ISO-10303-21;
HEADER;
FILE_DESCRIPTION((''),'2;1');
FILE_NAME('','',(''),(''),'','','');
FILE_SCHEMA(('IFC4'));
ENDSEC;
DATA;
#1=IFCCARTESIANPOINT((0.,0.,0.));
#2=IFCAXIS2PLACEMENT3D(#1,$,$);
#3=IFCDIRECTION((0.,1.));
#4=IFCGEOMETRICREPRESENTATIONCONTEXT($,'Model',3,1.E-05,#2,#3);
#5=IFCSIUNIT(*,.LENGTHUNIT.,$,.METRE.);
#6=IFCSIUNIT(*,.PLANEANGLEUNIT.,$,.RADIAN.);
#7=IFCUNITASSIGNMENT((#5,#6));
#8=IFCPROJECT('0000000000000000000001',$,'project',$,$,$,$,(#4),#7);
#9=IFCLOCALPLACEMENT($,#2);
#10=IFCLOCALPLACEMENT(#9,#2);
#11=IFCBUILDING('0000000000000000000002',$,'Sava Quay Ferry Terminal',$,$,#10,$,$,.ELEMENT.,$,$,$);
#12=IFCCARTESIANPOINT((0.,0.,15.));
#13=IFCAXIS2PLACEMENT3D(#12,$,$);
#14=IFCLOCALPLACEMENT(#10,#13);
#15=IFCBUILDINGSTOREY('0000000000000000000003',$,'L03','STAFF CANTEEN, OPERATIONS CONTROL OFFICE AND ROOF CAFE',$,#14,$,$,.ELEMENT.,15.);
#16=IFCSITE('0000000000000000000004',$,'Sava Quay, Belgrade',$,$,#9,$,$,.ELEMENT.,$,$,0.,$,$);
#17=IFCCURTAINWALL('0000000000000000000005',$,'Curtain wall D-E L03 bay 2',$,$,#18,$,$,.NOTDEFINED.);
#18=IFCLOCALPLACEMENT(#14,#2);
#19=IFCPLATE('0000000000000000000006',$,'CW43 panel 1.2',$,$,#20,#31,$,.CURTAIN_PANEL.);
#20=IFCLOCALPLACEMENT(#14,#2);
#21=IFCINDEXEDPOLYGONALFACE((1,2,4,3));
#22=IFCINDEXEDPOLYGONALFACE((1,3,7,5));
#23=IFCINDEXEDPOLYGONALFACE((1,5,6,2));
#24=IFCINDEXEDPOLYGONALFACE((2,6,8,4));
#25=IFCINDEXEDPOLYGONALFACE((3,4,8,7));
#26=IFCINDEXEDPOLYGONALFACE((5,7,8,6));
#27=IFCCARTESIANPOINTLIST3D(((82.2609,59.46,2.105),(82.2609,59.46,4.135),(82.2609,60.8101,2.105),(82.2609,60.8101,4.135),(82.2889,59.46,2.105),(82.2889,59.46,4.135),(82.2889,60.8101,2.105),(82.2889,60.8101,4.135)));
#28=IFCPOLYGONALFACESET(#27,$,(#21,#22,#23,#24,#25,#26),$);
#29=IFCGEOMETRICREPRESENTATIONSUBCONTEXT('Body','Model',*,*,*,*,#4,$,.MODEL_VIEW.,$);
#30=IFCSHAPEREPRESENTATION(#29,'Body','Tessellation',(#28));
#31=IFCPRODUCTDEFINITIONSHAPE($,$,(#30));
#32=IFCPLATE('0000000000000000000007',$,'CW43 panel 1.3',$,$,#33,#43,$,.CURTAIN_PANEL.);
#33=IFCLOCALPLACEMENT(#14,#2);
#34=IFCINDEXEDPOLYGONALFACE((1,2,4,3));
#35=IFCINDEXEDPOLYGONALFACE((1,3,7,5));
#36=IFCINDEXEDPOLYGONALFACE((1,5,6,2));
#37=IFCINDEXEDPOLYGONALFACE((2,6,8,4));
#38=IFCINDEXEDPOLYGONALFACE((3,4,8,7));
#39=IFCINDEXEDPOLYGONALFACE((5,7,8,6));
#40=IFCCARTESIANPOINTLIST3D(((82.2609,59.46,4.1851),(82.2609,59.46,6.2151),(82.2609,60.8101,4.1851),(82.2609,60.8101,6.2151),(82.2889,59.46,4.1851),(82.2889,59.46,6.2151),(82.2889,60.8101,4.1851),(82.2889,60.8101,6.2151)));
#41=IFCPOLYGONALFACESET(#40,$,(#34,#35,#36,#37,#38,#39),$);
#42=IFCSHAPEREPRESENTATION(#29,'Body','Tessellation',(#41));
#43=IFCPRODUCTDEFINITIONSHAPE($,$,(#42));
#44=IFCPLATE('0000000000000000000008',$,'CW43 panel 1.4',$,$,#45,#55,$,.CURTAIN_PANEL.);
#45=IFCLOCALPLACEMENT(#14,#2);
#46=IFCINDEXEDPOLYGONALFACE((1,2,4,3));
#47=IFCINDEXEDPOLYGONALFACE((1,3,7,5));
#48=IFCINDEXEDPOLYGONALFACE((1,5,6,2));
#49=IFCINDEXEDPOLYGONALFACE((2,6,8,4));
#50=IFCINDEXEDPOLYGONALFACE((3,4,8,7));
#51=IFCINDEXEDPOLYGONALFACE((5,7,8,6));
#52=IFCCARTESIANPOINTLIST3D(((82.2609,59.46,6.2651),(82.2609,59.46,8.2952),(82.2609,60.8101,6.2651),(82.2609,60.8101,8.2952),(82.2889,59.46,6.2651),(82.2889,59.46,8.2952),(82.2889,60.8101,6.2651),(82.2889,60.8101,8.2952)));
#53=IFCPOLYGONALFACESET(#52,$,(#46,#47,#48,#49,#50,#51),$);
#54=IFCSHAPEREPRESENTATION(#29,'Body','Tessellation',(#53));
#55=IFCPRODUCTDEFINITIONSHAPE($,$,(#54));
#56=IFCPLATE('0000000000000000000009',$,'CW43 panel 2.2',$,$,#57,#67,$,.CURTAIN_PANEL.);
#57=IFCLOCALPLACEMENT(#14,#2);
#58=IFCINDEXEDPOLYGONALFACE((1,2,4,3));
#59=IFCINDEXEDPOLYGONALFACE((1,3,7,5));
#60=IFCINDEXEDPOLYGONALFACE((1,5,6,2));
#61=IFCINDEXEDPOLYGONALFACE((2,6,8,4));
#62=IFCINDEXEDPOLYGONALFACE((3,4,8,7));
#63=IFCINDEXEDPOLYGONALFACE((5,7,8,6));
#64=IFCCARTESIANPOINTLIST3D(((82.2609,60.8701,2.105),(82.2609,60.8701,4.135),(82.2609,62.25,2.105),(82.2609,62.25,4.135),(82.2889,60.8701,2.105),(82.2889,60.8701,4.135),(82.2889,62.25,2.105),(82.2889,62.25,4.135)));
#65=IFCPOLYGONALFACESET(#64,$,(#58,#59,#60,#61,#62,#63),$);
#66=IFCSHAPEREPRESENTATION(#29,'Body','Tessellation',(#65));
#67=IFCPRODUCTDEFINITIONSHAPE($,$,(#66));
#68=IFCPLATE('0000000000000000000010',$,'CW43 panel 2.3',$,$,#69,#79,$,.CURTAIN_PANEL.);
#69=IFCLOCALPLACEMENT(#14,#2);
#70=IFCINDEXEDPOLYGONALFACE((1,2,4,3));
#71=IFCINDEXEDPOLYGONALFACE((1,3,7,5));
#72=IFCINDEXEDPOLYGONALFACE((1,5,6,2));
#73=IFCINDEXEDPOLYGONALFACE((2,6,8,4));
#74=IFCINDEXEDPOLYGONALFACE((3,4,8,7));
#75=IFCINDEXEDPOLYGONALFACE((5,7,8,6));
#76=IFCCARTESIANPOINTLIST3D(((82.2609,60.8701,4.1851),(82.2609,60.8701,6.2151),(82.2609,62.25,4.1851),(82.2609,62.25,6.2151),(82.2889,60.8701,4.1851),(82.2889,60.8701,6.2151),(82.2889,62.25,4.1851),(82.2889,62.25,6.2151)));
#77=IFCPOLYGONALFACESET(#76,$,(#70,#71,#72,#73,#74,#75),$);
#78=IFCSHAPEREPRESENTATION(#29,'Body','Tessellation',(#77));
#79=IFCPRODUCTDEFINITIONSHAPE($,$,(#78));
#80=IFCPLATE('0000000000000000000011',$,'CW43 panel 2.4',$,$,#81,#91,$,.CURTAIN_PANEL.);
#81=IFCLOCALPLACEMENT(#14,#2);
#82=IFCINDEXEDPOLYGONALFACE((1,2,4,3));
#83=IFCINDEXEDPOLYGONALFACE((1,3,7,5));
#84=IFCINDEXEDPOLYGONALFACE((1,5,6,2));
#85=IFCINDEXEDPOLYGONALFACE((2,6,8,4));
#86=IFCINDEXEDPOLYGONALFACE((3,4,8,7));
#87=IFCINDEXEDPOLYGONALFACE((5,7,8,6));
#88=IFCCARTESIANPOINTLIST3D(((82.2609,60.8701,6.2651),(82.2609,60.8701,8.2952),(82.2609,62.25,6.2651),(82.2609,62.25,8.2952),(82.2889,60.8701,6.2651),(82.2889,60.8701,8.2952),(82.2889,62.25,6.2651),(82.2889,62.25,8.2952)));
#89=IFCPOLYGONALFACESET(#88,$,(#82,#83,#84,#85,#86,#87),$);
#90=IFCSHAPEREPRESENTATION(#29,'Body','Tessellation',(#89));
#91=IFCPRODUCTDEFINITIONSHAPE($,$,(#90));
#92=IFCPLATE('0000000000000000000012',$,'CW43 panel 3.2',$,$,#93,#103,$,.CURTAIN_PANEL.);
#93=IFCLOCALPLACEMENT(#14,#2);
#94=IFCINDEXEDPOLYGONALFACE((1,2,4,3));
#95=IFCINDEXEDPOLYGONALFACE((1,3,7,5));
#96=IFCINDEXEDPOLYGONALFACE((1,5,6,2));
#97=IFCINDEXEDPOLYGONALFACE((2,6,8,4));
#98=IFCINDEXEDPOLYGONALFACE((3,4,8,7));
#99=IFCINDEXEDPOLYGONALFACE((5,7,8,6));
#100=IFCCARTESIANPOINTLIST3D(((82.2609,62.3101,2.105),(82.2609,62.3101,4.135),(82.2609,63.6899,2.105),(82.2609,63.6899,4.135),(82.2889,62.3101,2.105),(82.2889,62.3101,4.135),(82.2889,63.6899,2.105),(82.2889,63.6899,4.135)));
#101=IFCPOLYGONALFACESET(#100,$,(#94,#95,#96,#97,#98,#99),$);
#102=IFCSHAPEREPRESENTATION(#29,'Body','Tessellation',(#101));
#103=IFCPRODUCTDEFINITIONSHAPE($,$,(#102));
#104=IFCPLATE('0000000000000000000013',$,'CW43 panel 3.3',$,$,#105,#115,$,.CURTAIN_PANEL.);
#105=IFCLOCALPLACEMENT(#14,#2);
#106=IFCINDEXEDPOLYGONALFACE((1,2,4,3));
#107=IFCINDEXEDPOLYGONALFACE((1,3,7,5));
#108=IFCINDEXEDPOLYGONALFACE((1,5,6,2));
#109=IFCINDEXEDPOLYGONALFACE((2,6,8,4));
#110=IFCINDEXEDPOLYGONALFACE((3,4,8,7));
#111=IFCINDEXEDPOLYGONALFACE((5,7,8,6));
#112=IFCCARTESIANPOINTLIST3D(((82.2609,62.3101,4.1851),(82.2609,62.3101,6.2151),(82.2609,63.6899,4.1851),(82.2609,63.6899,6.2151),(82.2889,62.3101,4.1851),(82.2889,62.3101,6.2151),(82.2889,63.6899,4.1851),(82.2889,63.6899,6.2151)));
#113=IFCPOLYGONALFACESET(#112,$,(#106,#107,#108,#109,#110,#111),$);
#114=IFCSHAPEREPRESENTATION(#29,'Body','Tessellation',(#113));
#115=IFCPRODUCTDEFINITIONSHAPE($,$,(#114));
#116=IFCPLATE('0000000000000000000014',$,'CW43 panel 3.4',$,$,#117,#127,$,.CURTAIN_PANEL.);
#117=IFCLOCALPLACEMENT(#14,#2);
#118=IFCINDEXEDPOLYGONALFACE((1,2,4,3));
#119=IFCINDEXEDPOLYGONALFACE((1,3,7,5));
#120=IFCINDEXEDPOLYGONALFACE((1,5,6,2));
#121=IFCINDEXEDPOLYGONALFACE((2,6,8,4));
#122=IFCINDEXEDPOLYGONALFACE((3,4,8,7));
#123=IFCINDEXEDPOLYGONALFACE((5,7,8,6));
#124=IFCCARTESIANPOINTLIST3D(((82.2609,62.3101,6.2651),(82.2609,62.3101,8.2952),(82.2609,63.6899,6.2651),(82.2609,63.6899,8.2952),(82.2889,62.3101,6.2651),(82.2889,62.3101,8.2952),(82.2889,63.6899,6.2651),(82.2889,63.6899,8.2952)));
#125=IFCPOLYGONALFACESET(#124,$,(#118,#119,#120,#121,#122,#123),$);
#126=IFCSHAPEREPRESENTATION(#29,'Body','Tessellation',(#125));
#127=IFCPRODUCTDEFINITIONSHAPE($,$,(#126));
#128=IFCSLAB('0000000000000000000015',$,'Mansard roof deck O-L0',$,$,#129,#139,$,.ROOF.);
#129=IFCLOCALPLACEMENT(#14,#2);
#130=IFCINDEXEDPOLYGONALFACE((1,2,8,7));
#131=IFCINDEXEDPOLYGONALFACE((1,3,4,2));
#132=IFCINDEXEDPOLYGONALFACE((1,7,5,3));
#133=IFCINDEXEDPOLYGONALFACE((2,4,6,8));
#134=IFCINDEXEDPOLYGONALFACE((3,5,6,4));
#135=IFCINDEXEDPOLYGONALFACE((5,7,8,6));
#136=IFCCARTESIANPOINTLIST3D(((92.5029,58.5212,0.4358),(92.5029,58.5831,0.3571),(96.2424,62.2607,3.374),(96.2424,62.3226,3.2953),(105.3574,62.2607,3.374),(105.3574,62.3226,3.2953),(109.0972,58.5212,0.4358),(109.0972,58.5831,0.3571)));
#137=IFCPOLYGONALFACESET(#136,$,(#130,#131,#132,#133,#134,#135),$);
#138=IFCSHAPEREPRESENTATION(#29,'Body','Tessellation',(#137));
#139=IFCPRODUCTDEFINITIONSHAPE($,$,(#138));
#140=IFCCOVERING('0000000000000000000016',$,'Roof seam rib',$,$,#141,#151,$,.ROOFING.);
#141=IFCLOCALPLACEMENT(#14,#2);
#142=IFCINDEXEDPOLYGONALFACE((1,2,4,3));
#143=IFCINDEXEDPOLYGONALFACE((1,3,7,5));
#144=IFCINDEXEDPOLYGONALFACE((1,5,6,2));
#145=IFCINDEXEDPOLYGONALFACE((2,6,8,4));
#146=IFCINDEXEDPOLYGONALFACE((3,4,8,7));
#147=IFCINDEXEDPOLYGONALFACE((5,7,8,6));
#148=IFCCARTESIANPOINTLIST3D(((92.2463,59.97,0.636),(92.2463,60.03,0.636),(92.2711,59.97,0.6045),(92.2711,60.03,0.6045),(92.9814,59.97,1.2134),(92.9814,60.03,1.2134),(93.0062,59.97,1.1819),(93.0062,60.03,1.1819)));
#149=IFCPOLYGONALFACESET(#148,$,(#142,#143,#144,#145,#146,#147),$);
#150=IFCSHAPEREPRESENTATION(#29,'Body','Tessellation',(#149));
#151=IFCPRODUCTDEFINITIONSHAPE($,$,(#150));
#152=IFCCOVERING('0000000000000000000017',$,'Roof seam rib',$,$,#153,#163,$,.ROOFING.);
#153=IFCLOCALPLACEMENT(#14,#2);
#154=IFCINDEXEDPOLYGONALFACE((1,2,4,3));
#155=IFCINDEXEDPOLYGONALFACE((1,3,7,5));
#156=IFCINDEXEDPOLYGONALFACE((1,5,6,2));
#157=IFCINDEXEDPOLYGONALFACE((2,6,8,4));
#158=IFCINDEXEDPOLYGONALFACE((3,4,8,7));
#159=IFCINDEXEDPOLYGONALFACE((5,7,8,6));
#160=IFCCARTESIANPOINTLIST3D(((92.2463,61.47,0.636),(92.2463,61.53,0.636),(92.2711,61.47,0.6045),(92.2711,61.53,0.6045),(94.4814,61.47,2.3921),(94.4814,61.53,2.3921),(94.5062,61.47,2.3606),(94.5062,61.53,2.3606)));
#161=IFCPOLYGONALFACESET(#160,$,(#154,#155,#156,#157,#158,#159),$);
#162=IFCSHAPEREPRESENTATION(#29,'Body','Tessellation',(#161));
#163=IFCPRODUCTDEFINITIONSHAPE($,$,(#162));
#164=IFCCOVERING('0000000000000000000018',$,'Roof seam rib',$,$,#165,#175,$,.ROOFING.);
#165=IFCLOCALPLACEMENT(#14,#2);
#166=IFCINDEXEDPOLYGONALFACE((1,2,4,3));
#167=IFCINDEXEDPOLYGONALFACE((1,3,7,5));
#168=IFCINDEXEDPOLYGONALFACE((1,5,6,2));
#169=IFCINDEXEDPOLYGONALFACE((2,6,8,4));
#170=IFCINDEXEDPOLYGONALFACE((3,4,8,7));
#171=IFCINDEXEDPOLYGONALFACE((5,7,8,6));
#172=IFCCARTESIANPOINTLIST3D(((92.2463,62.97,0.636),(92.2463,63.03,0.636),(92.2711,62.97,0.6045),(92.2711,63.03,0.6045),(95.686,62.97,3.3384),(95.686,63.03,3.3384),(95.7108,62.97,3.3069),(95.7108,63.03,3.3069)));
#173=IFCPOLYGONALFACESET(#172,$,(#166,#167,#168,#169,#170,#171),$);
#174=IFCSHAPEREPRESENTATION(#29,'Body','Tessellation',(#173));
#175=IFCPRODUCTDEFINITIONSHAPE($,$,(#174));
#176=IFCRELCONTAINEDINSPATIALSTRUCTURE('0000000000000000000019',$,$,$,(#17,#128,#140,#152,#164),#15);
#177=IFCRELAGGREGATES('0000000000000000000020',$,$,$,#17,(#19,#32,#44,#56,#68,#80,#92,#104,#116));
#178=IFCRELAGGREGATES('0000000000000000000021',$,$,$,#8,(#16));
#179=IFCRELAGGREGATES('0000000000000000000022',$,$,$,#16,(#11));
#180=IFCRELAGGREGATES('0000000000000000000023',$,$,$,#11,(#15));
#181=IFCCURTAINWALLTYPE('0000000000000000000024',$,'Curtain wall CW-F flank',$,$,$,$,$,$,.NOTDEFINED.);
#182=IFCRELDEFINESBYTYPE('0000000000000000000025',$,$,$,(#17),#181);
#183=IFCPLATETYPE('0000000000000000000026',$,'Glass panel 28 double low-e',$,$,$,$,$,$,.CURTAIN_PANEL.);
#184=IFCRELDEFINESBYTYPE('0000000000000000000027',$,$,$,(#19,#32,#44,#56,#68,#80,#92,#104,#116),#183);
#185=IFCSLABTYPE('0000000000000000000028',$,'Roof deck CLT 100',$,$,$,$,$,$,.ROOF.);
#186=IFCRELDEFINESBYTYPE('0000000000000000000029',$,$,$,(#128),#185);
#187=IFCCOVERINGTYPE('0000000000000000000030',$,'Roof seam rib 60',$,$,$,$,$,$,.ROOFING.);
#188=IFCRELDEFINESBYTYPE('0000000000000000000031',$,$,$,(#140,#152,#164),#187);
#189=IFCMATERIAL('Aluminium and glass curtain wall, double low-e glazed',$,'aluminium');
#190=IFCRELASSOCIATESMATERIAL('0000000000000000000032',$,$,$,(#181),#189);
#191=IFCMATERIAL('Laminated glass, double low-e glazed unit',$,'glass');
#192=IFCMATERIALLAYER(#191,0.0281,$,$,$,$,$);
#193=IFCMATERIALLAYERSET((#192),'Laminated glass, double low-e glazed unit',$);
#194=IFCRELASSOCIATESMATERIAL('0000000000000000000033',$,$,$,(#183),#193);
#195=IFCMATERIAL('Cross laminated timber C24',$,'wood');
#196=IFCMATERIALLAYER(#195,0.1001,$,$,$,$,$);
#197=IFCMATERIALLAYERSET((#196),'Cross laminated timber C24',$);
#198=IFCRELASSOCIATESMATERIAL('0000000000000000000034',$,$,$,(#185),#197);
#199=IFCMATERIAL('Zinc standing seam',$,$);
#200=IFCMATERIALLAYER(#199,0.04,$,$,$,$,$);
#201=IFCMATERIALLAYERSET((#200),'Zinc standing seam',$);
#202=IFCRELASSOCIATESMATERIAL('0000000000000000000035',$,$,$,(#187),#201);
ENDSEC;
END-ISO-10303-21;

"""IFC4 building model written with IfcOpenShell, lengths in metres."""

from ifc_helpers import new_model, si_unit, direction, frame, origin, origin_2d, place, context, subcontext, project, spatial, polyline, rectangle, outline, extrude, material, layer, layer_set, type_object, element, aggregate, save


model = new_model("IFC4")

# Units and contexts
model_context = context("Model", 3, precision=1e-05, world=origin(), true_north=direction((0.0, 1.0)))
body_context = subcontext(model_context, "Body", "Model", "MODEL_VIEW")
ifc_project = project(units=[si_unit("LENGTHUNIT", "METRE"), si_unit("PLANEANGLEUNIT", "RADIAN")], contexts=[model_context])

# Site, building, storey
site_placement = place(None, origin())
site = spatial("IfcSite", under=ifc_project, at=site_placement, Name="Sava Quay, Belgrade", CompositionType="ELEMENT", RefElevation=0.0)
building_placement = place(site_placement, origin())
building = spatial("IfcBuilding", under=site, at=building_placement, Name="Sava Quay Ferry Terminal", CompositionType="ELEMENT")
storey_placement = place(building_placement, frame((0.0, 0.0, 15.0)))
storey = spatial("IfcBuildingStorey", under=building, at=storey_placement, Name="L03", Description="STAFF CANTEEN, OPERATIONS CONTROL OFFICE AND ROOF CAFE", CompositionType="ELEMENT", Elevation=15.0)

# Curtain wall, plates
ifc_material_1 = material(Name="Aluminium and glass curtain wall, double low-e glazed", Category="aluminium")
curtain_wall_type = type_object("IfcCurtainWallType", Name="Curtain wall CW-F flank", PredefinedType="NOTDEFINED", material=ifc_material_1)
curtain_wall_placement = place(storey_placement, origin())
curtain_wall = element("IfcCurtainWall", 1, at=curtain_wall_placement, inside=storey, type_object=curtain_wall_type, Name="Curtain wall D-E L03 bay 2", PredefinedType="NOTDEFINED")
ifc_material_2 = material(Name="Laminated glass, double low-e glazed unit", Category="glass")
ifc_layer_1 = layer(ifc_material_2, 0.0281)
ifc_layer_set_1 = layer_set([ifc_layer_1], Name="Laminated glass, double low-e glazed unit")
plate_type = type_object("IfcPlateType", Name="Glass panel 28 double low-e", PredefinedType="CURTAIN_PANEL", material=ifc_layer_set_1)
plate_1_placement = place(storey_placement, frame((82.2749, 60.135, 2.105), z_axis=(0.0, 0.0, 1.0), x_axis=(0.0, 1.0, 0.0)))
plate_1 = element("IfcPlate", 2, at=plate_1_placement, type_object=plate_type, Name="CW43 panel 1.2", PredefinedType="CURTAIN_PANEL", context=body_context, shape_type="SweptSolid", body=[
    extrude(rectangle(XDim=1.3501, YDim=0.0281, at=origin_2d()), origin(), (0.0, 0.0, 1.0), 2.03),
])
plate_2_placement = place(storey_placement, frame((82.2749, 60.135, 4.1851), z_axis=(0.0, 0.0, 1.0), x_axis=(0.0, 1.0, 0.0)))
plate_2 = element("IfcPlate", 3, at=plate_2_placement, type_object=plate_type, Name="CW43 panel 1.3", PredefinedType="CURTAIN_PANEL", context=body_context, shape_type="SweptSolid", body=[
    extrude(rectangle(XDim=1.3501, YDim=0.0281, at=origin_2d()), origin(), (0.0, 0.0, 1.0), 2.03),
])
plate_3_placement = place(storey_placement, frame((82.2749, 60.135, 6.2651), z_axis=(0.0, 0.0, 1.0), x_axis=(0.0, 1.0, 0.0)))
plate_3 = element("IfcPlate", 4, at=plate_3_placement, type_object=plate_type, Name="CW43 panel 1.4", PredefinedType="CURTAIN_PANEL", context=body_context, shape_type="SweptSolid", body=[
    extrude(rectangle(XDim=1.3501, YDim=0.0281, at=origin_2d()), origin(), (0.0, 0.0, 1.0), 2.03),
])
plate_4_placement = place(storey_placement, frame((82.2749, 61.5601, 2.105), z_axis=(0.0, 0.0, 1.0), x_axis=(0.0, 1.0, 0.0)))
plate_4 = element("IfcPlate", 5, at=plate_4_placement, type_object=plate_type, Name="CW43 panel 2.2", PredefinedType="CURTAIN_PANEL", context=body_context, shape_type="SweptSolid", body=[
    extrude(rectangle(XDim=1.3799, YDim=0.0281, at=origin_2d()), origin(), (0.0, 0.0, 1.0), 2.03),
])
plate_5_placement = place(storey_placement, frame((82.2749, 61.5601, 4.1851), z_axis=(0.0, 0.0, 1.0), x_axis=(0.0, 1.0, 0.0)))
plate_5 = element("IfcPlate", 6, at=plate_5_placement, type_object=plate_type, Name="CW43 panel 2.3", PredefinedType="CURTAIN_PANEL", context=body_context, shape_type="SweptSolid", body=[
    extrude(rectangle(XDim=1.3799, YDim=0.0281, at=origin_2d()), origin(), (0.0, 0.0, 1.0), 2.03),
])
plate_6_placement = place(storey_placement, frame((82.2749, 61.5601, 6.2651), z_axis=(0.0, 0.0, 1.0), x_axis=(0.0, 1.0, 0.0)))
plate_6 = element("IfcPlate", 7, at=plate_6_placement, type_object=plate_type, Name="CW43 panel 2.4", PredefinedType="CURTAIN_PANEL", context=body_context, shape_type="SweptSolid", body=[
    extrude(rectangle(XDim=1.3799, YDim=0.0281, at=origin_2d()), origin(), (0.0, 0.0, 1.0), 2.03),
])
plate_7_placement = place(storey_placement, frame((82.2749, 63.0, 2.105), z_axis=(0.0, 0.0, 1.0), x_axis=(0.0, 1.0, 0.0)))
plate_7 = element("IfcPlate", 8, at=plate_7_placement, type_object=plate_type, Name="CW43 panel 3.2", PredefinedType="CURTAIN_PANEL", context=body_context, shape_type="SweptSolid", body=[
    extrude(rectangle(XDim=1.3799, YDim=0.0281, at=origin_2d()), origin(), (0.0, 0.0, 1.0), 2.03),
])
plate_8_placement = place(storey_placement, frame((82.2749, 63.0, 4.1851), z_axis=(0.0, 0.0, 1.0), x_axis=(0.0, 1.0, 0.0)))
plate_8 = element("IfcPlate", 9, at=plate_8_placement, type_object=plate_type, Name="CW43 panel 3.3", PredefinedType="CURTAIN_PANEL", context=body_context, shape_type="SweptSolid", body=[
    extrude(rectangle(XDim=1.3799, YDim=0.0281, at=origin_2d()), origin(), (0.0, 0.0, 1.0), 2.03),
])
plate_9_placement = place(storey_placement, frame((82.2749, 63.0, 6.2651), z_axis=(0.0, 0.0, 1.0), x_axis=(0.0, 1.0, 0.0)))
plate_9 = element("IfcPlate", 10, at=plate_9_placement, type_object=plate_type, Name="CW43 panel 3.4", PredefinedType="CURTAIN_PANEL", context=body_context, shape_type="SweptSolid", body=[
    extrude(rectangle(XDim=1.3799, YDim=0.0281, at=origin_2d()), origin(), (0.0, 0.0, 1.0), 2.03),
])
aggregate(curtain_wall, [plate_1, plate_2, plate_3, plate_4, plate_5, plate_6, plate_7, plate_8, plate_9])

# Slab
ifc_material_3 = material(Name="Cross laminated timber C24", Category="wood")
ifc_layer_2 = layer(ifc_material_3, 0.1001)
ifc_layer_set_2 = layer_set([ifc_layer_2], Name="Cross laminated timber C24")
slab_type = type_object("IfcSlabType", Name="Roof deck CLT 100", PredefinedType="ROOF", material=ifc_layer_set_2)
slab_placement = place(storey_placement, frame((92.5029, 58.5212, 0.4358), z_axis=(0.0, -0.617828, 0.786313), x_axis=(0.618113, 0.618113, 0.485668)))
element("IfcSlab", 11, at=slab_placement, inside=storey, type_object=slab_type, Name="Mansard roof deck O-L0", PredefinedType="ROOF", context=body_context, shape_type="SweptSolid", body=[
    extrude(outline(polyline([(0.0, 0.0), (6.0499, 0.0), (11.684, -7.1652), (10.2571, -13.0446), (0.0, 0.0)])), origin(), (0.0, 0.0, -1.0), 0.1001),
])

# Coverings
ifc_material_4 = material(Name="Zinc standing seam")
ifc_layer_3 = layer(ifc_material_4, 0.04)
ifc_layer_set_3 = layer_set([ifc_layer_3], Name="Zinc standing seam")
covering_type = type_object("IfcCoveringType", Name="Roof seam rib 60", PredefinedType="ROOFING", material=ifc_layer_set_3)
covering_1_placement = place(storey_placement, frame((92.2463, 60.03, 0.636), z_axis=(-0.617695, 0.0, 0.786418), x_axis=(0.786418, 0.0, 0.617695)))
element("IfcCovering", 12, at=covering_1_placement, inside=storey, type_object=covering_type, Name="Roof seam rib", PredefinedType="ROOFING", context=body_context, shape_type="SweptSolid", body=[
    extrude(outline(polyline([(0.0, 0.0), (0.9348, 0.0), (0.9348, -0.0601), (0.0, -0.0601), (0.0, 0.0)])), origin(), (0.0, 0.0, -1.0), 0.04),
])
covering_2_placement = place(storey_placement, frame((92.2463, 61.53, 0.636), z_axis=(-0.61781, 0.0, 0.786327), x_axis=(0.786327, 0.0, 0.61781)))
element("IfcCovering", 13, at=covering_2_placement, inside=storey, type_object=covering_type, Name="Roof seam rib", PredefinedType="ROOFING", context=body_context, shape_type="SweptSolid", body=[
    extrude(outline(polyline([(0.0, 0.0), (2.8425, 0.0), (2.8425, -0.0601), (0.0, -0.0601), (0.0, 0.0)])), origin(), (0.0, 0.0, -1.0), 0.04),
])
covering_3_placement = place(storey_placement, frame((92.2463, 63.03, 0.636), z_axis=(-0.61779, 0.0, 0.786344), x_axis=(0.786344, 0.0, 0.61779)))
element("IfcCovering", 14, at=covering_3_placement, inside=storey, type_object=covering_type, Name="Roof seam rib", PredefinedType="ROOFING", context=body_context, shape_type="SweptSolid", body=[
    extrude(outline(polyline([(0.0, 0.0), (4.3743, 0.0), (4.3743, -0.0601), (0.0, -0.0601), (0.0, 0.0)])), origin(), (0.0, 0.0, -1.0), 0.04),
])

save(model, "model.ifc")
